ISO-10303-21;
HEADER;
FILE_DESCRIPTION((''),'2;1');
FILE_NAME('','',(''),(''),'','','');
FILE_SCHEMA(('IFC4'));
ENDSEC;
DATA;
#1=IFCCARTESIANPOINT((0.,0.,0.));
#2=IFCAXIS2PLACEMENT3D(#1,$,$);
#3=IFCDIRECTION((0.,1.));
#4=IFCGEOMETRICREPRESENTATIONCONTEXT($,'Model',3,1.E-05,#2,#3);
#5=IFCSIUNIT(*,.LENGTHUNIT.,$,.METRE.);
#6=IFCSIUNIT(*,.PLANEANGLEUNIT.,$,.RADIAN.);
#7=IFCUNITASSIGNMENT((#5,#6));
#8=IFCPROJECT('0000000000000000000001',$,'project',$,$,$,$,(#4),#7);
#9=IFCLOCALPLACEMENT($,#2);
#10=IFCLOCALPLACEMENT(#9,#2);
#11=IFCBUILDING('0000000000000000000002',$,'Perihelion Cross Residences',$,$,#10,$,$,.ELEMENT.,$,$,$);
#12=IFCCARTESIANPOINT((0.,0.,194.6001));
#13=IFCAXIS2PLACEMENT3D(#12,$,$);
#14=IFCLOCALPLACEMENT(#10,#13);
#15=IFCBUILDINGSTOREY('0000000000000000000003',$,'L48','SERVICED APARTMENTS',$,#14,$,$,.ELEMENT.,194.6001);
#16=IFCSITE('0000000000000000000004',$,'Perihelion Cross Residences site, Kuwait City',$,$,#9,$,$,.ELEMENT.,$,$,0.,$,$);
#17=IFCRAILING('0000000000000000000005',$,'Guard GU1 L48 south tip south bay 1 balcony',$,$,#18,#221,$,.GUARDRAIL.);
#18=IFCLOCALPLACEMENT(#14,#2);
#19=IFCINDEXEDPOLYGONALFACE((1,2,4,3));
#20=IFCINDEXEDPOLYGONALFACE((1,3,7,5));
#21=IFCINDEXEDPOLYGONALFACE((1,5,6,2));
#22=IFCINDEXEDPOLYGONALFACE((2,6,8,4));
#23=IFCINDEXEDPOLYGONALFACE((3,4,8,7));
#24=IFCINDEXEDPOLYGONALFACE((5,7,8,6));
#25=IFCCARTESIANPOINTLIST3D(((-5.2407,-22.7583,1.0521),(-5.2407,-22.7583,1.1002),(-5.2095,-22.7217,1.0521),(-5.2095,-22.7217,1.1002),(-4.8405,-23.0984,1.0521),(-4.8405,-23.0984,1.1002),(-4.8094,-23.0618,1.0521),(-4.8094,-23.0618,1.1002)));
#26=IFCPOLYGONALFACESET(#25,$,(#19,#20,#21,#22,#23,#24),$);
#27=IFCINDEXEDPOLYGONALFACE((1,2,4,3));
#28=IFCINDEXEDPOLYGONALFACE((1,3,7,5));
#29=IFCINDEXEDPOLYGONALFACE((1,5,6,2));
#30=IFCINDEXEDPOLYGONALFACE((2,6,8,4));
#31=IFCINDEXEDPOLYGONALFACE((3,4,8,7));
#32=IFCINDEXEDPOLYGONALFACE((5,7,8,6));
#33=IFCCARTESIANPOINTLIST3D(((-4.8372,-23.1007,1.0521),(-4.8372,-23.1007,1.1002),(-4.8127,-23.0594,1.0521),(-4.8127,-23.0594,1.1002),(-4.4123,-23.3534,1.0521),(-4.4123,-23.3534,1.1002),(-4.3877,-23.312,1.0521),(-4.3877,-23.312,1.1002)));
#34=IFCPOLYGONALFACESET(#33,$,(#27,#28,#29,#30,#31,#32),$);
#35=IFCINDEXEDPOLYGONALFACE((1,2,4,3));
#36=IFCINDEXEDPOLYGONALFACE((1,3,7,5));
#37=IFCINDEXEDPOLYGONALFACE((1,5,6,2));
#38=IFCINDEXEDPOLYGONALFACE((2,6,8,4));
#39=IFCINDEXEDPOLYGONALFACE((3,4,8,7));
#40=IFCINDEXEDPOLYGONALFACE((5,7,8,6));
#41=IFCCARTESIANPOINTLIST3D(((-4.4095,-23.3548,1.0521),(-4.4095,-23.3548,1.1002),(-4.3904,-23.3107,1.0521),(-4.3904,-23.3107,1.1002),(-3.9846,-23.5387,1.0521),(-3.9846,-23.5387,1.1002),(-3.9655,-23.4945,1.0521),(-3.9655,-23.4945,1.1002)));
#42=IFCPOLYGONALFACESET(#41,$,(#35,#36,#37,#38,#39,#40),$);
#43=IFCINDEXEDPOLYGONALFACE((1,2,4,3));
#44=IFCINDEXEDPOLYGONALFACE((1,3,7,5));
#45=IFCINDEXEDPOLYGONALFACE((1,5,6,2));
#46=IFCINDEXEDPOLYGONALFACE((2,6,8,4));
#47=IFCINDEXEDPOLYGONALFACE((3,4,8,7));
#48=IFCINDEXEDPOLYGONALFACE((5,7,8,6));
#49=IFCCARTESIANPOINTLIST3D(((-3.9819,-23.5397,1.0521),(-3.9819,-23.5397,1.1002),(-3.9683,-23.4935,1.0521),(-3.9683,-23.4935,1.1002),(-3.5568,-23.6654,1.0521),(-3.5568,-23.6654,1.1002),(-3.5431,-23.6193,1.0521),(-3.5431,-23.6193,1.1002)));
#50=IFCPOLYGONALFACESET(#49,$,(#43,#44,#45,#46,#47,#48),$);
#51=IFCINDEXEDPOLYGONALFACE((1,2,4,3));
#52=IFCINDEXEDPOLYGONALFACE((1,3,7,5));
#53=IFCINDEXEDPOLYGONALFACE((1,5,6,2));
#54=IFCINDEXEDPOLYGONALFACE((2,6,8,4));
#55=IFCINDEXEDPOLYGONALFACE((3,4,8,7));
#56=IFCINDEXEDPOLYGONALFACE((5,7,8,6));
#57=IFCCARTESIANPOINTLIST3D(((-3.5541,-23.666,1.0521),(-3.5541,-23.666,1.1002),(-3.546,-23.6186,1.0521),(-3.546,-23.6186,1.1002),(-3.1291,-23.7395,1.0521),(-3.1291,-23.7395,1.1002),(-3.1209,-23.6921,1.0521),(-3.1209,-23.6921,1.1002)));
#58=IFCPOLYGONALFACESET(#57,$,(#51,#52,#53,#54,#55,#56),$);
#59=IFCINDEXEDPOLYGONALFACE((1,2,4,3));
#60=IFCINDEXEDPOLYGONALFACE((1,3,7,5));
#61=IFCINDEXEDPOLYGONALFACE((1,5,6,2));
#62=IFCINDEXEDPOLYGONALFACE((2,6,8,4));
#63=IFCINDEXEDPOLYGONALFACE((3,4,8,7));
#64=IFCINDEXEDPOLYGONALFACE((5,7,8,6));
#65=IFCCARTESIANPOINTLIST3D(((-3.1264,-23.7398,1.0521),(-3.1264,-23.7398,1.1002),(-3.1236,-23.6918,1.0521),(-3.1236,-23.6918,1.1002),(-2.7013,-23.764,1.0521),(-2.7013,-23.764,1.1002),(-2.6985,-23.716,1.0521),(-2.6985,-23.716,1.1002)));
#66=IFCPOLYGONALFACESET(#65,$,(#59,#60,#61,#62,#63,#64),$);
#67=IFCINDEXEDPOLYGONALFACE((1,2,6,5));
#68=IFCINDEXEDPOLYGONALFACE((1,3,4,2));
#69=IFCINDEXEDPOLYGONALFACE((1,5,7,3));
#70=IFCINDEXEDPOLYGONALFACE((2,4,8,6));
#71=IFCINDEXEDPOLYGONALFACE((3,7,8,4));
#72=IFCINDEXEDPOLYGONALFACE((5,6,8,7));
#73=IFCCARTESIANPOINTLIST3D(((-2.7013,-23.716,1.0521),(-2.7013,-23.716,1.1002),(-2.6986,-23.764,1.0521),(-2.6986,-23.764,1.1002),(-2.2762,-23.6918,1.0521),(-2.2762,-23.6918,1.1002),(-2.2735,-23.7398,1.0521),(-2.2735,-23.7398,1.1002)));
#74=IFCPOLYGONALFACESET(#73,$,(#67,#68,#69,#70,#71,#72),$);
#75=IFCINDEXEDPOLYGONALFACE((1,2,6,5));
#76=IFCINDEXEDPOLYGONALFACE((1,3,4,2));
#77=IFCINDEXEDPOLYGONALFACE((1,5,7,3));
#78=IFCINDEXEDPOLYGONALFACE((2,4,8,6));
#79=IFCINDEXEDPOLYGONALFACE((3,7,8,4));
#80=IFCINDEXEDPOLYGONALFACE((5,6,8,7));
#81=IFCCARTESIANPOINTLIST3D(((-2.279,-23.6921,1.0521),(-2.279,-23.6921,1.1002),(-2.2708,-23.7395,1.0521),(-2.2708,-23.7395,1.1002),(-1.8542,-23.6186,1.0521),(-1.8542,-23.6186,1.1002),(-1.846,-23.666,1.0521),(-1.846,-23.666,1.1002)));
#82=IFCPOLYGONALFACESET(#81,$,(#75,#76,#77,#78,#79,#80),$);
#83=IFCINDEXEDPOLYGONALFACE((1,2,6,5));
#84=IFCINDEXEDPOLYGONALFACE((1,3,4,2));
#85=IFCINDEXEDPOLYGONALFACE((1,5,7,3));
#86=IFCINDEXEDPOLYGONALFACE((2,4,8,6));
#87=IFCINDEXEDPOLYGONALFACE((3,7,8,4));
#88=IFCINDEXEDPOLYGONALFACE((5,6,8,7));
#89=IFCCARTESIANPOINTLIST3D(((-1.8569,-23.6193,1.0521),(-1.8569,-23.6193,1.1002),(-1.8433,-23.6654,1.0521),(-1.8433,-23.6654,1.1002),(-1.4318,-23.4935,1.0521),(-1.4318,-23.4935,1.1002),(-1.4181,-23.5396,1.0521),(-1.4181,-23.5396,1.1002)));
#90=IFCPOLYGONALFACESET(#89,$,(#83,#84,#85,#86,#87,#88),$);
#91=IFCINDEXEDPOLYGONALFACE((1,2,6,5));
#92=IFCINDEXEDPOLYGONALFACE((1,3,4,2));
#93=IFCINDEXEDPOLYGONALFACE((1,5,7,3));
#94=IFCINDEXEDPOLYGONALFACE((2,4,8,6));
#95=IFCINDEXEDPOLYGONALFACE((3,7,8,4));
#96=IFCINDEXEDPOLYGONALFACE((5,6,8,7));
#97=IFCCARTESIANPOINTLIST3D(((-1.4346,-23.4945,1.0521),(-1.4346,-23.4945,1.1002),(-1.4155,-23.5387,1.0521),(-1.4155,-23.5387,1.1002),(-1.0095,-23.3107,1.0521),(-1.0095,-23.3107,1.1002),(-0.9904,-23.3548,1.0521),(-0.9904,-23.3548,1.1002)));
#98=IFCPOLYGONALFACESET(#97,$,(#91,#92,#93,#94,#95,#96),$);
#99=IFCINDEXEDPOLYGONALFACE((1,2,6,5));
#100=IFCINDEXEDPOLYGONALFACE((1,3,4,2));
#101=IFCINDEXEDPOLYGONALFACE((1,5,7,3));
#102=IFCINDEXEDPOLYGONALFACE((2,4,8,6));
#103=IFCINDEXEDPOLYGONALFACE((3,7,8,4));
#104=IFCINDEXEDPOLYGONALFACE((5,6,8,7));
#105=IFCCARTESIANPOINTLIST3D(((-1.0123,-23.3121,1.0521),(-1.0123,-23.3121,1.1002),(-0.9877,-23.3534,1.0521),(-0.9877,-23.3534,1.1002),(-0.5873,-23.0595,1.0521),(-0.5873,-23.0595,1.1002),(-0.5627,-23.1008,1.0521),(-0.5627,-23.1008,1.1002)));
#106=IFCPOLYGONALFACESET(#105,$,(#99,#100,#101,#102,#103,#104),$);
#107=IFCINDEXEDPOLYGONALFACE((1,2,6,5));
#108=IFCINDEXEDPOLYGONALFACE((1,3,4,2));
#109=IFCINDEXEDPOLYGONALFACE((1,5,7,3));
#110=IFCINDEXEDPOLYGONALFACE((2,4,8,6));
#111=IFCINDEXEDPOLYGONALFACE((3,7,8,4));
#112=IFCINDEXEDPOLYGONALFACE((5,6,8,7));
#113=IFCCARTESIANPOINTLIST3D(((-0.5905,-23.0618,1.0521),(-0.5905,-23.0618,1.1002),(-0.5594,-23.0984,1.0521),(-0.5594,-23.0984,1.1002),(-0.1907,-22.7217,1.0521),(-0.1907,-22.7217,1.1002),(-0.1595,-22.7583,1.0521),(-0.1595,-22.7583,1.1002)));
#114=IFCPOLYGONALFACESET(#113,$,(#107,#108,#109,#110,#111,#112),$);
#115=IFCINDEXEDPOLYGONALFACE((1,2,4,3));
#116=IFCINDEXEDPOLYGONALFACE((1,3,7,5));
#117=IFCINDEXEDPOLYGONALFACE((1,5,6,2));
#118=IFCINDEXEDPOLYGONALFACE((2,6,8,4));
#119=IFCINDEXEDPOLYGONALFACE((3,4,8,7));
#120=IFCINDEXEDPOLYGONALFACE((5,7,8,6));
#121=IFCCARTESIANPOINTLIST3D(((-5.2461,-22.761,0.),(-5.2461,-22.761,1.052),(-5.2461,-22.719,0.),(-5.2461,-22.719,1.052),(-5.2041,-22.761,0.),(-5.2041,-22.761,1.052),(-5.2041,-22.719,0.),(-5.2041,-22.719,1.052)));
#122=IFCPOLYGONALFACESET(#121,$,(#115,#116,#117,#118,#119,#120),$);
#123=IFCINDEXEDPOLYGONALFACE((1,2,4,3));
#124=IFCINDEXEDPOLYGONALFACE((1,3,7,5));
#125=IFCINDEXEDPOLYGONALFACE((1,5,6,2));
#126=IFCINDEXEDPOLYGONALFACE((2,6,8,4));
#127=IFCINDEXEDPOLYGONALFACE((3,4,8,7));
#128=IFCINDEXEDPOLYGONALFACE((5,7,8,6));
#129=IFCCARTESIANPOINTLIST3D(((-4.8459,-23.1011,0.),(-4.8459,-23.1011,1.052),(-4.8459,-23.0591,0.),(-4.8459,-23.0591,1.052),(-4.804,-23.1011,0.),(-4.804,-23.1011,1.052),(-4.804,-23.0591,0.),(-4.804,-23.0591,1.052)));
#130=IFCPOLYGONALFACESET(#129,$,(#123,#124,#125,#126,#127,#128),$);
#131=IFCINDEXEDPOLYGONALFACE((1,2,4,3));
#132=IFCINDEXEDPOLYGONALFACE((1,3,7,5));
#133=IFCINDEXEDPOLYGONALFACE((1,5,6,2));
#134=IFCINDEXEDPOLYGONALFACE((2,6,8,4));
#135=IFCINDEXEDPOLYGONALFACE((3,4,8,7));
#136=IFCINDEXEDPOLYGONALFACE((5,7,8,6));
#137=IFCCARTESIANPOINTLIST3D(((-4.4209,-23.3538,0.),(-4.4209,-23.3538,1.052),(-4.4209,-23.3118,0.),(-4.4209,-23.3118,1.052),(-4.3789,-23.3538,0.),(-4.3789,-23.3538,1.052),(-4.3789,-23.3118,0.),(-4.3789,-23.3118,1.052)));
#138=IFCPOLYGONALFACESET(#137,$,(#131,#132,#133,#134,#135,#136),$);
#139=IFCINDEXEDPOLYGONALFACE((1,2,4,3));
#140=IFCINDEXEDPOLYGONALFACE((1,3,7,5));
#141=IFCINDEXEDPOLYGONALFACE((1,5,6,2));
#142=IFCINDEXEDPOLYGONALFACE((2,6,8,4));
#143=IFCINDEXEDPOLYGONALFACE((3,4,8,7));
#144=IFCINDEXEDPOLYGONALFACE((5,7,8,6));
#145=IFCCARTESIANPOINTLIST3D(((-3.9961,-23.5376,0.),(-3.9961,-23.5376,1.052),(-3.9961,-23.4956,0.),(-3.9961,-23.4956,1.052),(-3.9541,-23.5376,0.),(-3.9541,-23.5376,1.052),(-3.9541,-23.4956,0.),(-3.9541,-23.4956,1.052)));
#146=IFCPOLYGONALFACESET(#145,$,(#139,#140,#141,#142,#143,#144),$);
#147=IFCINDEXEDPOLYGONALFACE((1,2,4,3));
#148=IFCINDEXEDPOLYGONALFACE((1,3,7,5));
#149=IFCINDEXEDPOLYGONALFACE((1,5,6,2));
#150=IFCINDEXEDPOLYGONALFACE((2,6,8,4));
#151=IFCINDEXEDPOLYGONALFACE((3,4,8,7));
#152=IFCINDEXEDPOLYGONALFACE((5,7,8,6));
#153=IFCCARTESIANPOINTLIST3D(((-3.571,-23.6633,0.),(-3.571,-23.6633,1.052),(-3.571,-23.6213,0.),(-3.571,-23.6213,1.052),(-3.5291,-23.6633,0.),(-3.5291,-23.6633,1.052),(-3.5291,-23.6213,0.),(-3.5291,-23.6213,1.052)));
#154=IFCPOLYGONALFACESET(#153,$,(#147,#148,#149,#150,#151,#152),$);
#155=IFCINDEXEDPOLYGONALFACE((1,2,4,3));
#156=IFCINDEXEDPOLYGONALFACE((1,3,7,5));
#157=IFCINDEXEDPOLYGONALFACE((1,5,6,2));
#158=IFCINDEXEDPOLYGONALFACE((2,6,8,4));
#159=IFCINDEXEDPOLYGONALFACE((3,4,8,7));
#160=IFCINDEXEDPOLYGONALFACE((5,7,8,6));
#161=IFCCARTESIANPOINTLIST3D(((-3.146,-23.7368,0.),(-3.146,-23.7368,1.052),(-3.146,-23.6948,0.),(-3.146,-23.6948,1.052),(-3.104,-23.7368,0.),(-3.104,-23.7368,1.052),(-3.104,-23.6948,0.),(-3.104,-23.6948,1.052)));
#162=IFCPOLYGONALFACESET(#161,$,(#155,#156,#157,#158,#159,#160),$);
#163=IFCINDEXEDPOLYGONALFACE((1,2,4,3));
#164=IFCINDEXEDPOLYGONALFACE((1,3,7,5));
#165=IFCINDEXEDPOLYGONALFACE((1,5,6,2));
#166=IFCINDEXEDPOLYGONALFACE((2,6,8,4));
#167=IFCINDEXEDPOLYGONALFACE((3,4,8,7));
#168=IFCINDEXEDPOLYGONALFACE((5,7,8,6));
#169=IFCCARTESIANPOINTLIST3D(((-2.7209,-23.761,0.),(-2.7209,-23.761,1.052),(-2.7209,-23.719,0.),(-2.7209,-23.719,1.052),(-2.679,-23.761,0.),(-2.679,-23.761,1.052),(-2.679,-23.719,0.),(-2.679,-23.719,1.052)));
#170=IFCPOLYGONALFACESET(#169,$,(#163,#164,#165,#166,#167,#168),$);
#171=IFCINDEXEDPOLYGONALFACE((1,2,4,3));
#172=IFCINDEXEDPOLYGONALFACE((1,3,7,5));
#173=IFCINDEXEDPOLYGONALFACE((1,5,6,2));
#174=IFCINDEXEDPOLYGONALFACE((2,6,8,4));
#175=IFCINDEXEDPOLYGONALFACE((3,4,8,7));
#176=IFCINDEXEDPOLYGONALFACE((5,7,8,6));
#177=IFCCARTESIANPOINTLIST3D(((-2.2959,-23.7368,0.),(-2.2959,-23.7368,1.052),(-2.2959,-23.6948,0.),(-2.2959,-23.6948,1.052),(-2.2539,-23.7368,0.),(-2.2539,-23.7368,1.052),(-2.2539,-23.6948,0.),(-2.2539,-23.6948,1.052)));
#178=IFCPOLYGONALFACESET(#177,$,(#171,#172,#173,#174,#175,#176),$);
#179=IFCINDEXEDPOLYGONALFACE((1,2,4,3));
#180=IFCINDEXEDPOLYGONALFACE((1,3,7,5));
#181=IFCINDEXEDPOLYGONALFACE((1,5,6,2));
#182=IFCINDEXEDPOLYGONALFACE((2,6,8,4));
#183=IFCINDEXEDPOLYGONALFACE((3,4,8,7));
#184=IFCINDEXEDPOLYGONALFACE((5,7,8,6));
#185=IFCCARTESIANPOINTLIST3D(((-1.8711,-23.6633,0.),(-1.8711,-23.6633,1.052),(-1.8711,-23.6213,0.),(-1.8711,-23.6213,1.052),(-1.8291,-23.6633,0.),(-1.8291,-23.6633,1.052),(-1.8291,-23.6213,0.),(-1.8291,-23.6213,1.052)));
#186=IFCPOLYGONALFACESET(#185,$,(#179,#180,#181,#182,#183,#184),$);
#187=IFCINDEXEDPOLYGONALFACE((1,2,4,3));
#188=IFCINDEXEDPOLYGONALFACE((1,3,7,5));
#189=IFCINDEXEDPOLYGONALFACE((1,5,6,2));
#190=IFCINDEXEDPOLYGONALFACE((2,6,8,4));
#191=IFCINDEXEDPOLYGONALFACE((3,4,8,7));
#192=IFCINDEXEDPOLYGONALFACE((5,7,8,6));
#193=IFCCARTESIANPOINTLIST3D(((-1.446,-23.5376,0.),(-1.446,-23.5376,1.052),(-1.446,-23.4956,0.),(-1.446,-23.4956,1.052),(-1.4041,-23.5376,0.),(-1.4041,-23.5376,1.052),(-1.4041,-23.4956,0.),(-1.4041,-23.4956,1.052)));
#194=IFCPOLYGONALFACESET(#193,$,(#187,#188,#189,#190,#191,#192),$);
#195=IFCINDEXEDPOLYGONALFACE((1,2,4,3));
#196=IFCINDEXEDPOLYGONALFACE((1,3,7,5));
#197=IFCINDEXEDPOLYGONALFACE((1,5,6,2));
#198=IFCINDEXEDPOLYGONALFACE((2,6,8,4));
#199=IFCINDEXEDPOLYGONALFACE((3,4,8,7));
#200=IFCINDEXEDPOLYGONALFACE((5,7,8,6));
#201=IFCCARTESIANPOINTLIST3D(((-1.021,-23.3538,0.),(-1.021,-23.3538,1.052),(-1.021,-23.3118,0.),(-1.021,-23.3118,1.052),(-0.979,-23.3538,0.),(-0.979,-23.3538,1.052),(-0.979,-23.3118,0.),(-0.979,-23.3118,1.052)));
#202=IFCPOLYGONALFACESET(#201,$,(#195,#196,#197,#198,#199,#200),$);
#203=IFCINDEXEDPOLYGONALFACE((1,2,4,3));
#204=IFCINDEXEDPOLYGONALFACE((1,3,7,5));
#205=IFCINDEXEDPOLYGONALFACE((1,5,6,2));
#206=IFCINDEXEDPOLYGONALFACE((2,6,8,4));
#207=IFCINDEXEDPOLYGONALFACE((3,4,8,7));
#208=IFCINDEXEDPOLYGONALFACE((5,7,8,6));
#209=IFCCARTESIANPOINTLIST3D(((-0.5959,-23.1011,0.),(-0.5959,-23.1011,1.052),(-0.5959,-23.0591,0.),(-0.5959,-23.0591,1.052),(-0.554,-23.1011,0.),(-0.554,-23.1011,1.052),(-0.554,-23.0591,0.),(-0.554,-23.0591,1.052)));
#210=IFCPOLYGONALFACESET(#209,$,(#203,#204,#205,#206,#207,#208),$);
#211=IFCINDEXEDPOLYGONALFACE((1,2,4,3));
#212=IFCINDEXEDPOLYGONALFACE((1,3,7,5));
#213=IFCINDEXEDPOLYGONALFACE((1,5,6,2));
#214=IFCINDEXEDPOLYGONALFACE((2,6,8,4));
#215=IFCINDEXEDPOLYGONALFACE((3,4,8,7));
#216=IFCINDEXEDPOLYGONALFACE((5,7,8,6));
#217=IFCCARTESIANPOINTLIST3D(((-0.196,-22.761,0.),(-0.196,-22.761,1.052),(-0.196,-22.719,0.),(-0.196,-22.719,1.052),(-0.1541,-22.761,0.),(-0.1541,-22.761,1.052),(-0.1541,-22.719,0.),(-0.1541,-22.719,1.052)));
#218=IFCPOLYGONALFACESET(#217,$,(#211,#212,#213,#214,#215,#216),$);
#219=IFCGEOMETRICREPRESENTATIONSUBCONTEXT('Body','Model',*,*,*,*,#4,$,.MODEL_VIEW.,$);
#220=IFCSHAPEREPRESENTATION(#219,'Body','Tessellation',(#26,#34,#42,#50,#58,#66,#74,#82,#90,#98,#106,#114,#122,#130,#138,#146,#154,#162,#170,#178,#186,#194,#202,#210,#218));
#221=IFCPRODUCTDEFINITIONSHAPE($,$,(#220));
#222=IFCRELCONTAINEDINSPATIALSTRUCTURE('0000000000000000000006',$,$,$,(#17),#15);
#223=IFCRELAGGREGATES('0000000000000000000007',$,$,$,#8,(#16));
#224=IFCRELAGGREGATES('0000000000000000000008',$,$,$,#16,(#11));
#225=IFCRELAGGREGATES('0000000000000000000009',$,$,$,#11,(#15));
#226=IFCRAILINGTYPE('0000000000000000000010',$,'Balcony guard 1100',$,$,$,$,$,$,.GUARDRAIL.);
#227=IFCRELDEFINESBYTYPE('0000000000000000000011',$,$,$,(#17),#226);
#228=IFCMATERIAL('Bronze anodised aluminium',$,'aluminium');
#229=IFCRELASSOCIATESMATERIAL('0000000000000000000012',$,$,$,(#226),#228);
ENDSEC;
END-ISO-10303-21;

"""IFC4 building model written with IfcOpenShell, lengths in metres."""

from ifc_helpers import new_model, si_unit, direction, frame, origin, origin_2d, place, context, subcontext, project, spatial, rectangle, extrude, material, type_object, element, save


model = new_model("IFC4")

# Units and contexts
model_context = context("Model", 3, precision=1e-05, world=origin(), true_north=direction((0.0, 1.0)))
body_context = subcontext(model_context, "Body", "Model", "MODEL_VIEW")
ifc_project = project(units=[si_unit("LENGTHUNIT", "METRE"), si_unit("PLANEANGLEUNIT", "RADIAN")], contexts=[model_context])

# Site, building, storey
site_placement = place(None, origin())
site = spatial("IfcSite", under=ifc_project, at=site_placement, Name="Perihelion Cross Residences site, Kuwait City", CompositionType="ELEMENT", RefElevation=0.0)
building_placement = place(site_placement, origin())
building = spatial("IfcBuilding", under=site, at=building_placement, Name="Perihelion Cross Residences", CompositionType="ELEMENT")
storey_placement = place(building_placement, frame((0.0, 0.0, 194.6001)))
storey = spatial("IfcBuildingStorey", under=building, at=storey_placement, Name="L48", Description="SERVICED APARTMENTS", CompositionType="ELEMENT", Elevation=194.6001)

# Railing
ifc_material_1 = material(Name="Bronze anodised aluminium", Category="aluminium")
railing_type = type_object("IfcRailingType", Name="Balcony guard 1100", PredefinedType="GUARDRAIL", material=ifc_material_1)
railing_placement = place(storey_placement, frame((-5.2251, -22.74, 0.0)))
element("IfcRailing", 1, at=railing_placement, inside=storey, type_object=railing_type, Name="Guard GU1 L48 south tip south bay 1 balcony", PredefinedType="GUARDRAIL", context=body_context, shape_type="SweptSolid", body=[
    extrude(rectangle(XDim=0.0481, YDim=0.0481, at=origin_2d()), frame((0.0, 0.0, 1.0762), z_axis=(0.761974, -0.647608, 0.0), x_axis=(0.647608, 0.761974, 0.0)), (0.0, 0.0, 1.0), 0.5251),
    extrude(rectangle(XDim=0.0481, YDim=0.0481, at=origin_2d()), frame((0.4001, -0.3401, 1.0762), z_axis=(0.859577, -0.511006, 0.0), x_axis=(0.511006, 0.859577, 0.0)), (0.0, 0.0, 1.0), 0.4944),
    extrude(rectangle(XDim=0.0481, YDim=0.0481, at=origin_2d()), frame((0.8252, -0.5928, 1.0762), z_axis=(0.917748, -0.397163, 0.0), x_axis=(0.397163, 0.917748, 0.0)), (0.0, 0.0, 1.0), 0.4629),
    extrude(rectangle(XDim=0.0481, YDim=0.0481, at=origin_2d()), frame((1.25, -0.7766, 1.0762), z_axis=(0.958926, -0.283657, 0.0), x_axis=(0.283657, 0.958926, 0.0)), (0.0, 0.0, 1.0), 0.4434),
    extrude(rectangle(XDim=0.0481, YDim=0.0481, at=origin_2d()), frame((1.675, -0.9023, 1.0762), z_axis=(0.985382, -0.170362, 0.0), x_axis=(0.170362, 0.985382, 0.0)), (0.0, 0.0, 1.0), 0.4314),
    extrude(rectangle(XDim=0.0481, YDim=0.0481, at=origin_2d()), frame((2.1001, -0.9758, 1.0762), z_axis=(0.998387, -0.056772, 0.0), x_axis=(0.056772, 0.998387, 0.0)), (0.0, 0.0, 1.0), 0.4258),
    extrude(rectangle(XDim=0.0481, YDim=0.0481, at=origin_2d()), frame((2.5251, -1.0, 1.0762), z_axis=(0.998387, 0.056772, 0.0), x_axis=(-0.056772, 0.998387, 0.0)), (0.0, 0.0, 1.0), 0.4258),
    extrude(rectangle(XDim=0.0481, YDim=0.0481, at=origin_2d()), frame((2.9502, -0.9758, 1.0762), z_axis=(0.985365, 0.170457, 0.0), x_axis=(-0.170457, 0.985365, 0.0)), (0.0, 0.0, 1.0), 0.4312),
    extrude(rectangle(XDim=0.0481, YDim=0.0481, at=origin_2d()), frame((3.375, -0.9023, 1.0762), z_axis=(0.958926, 0.283657, 0.0), x_axis=(-0.283657, 0.958926, 0.0)), (0.0, 0.0, 1.0), 0.4434),
    extrude(rectangle(XDim=0.0481, YDim=0.0481, at=origin_2d()), frame((3.8, -0.7766, 1.0762), z_axis=(0.917831, 0.396971, 0.0), x_axis=(-0.396971, 0.917831, 0.0)), (0.0, 0.0, 1.0), 0.4631),
    extrude(rectangle(XDim=0.0481, YDim=0.0481, at=origin_2d()), frame((4.2251, -0.5928, 1.0762), z_axis=(0.859577, 0.511006, 0.0), x_axis=(-0.511006, 0.859577, 0.0)), (0.0, 0.0, 1.0), 0.4944),
    extrude(rectangle(XDim=0.0481, YDim=0.0481, at=origin_2d()), frame((4.6501, -0.3401, 1.0762), z_axis=(0.761779, 0.647837, 0.0), x_axis=(-0.647837, 0.761779, 0.0)), (0.0, 0.0, 1.0), 0.5249),
    extrude(rectangle(XDim=0.042, YDim=0.042, at=origin_2d()), origin(), (0.0, 0.0, 1.0), 1.052),
    extrude(rectangle(XDim=0.042, YDim=0.042, at=origin_2d()), frame((0.4001, -0.3401, 0.0)), (0.0, 0.0, 1.0), 1.052),
    extrude(rectangle(XDim=0.042, YDim=0.042, at=origin_2d()), frame((0.8252, -0.5928, 0.0)), (0.0, 0.0, 1.0), 1.052),
    extrude(rectangle(XDim=0.042, YDim=0.042, at=origin_2d()), frame((1.25, -0.7766, 0.0)), (0.0, 0.0, 1.0), 1.052),
    extrude(rectangle(XDim=0.042, YDim=0.042, at=origin_2d()), frame((1.675, -0.9023, 0.0)), (0.0, 0.0, 1.0), 1.052),
    extrude(rectangle(XDim=0.042, YDim=0.042, at=origin_2d()), frame((2.1001, -0.9758, 0.0)), (0.0, 0.0, 1.0), 1.052),
    extrude(rectangle(XDim=0.042, YDim=0.042, at=origin_2d()), frame((2.5251, -1.0, 0.0)), (0.0, 0.0, 1.0), 1.052),
    extrude(rectangle(XDim=0.042, YDim=0.042, at=origin_2d()), frame((2.9502, -0.9758, 0.0)), (0.0, 0.0, 1.0), 1.052),
    extrude(rectangle(XDim=0.042, YDim=0.042, at=origin_2d()), frame((3.375, -0.9023, 0.0)), (0.0, 0.0, 1.0), 1.052),
    extrude(rectangle(XDim=0.042, YDim=0.042, at=origin_2d()), frame((3.8, -0.7766, 0.0)), (0.0, 0.0, 1.0), 1.052),
    extrude(rectangle(XDim=0.042, YDim=0.042, at=origin_2d()), frame((4.2251, -0.5928, 0.0)), (0.0, 0.0, 1.0), 1.052),
    extrude(rectangle(XDim=0.042, YDim=0.042, at=origin_2d()), frame((4.6501, -0.3401, 0.0)), (0.0, 0.0, 1.0), 1.052),
    extrude(rectangle(XDim=0.042, YDim=0.042, at=origin_2d()), frame((5.05, 0.0, 0.0)), (0.0, 0.0, 1.0), 1.052),
])

save(model, "model.ifc")
